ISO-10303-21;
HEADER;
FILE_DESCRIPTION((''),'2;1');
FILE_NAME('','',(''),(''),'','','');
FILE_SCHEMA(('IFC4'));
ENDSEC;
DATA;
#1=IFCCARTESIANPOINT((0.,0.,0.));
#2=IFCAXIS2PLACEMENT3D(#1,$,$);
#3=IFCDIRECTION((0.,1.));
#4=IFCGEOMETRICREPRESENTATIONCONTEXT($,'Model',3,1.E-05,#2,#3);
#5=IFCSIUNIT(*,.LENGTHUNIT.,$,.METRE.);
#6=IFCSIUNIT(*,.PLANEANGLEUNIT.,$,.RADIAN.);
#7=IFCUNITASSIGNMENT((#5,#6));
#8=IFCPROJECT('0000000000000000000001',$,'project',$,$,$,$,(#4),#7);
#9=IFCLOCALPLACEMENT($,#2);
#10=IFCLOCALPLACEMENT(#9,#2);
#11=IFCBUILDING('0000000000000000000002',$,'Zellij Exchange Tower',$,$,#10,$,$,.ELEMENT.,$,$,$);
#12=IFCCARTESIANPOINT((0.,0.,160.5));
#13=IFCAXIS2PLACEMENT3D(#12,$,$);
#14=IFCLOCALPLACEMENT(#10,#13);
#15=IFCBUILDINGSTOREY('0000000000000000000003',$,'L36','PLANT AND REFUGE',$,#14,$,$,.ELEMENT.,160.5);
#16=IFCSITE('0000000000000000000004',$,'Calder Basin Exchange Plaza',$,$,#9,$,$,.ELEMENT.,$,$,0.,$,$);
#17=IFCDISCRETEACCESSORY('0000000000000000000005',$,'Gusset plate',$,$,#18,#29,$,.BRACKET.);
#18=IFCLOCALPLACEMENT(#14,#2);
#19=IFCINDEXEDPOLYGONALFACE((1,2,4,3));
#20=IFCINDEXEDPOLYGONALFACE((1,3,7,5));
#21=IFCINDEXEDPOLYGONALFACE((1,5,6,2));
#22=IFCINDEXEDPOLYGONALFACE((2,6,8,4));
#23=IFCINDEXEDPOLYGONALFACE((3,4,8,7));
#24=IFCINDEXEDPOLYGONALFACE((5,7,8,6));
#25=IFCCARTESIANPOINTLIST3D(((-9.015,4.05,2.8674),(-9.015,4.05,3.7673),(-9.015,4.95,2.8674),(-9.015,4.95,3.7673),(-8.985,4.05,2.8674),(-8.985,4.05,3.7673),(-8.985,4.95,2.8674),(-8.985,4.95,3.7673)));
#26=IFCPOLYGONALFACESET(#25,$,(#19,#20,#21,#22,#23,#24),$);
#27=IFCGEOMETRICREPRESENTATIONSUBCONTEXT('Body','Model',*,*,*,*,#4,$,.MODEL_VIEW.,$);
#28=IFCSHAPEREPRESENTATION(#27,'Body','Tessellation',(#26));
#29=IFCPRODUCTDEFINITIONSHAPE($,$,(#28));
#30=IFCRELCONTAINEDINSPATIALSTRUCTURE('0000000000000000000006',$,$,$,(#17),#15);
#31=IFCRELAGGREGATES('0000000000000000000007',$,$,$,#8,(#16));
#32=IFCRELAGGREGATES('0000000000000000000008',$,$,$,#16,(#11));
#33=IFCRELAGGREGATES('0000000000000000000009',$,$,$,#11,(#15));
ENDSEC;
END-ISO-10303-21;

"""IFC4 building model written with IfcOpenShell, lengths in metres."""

from ifc_helpers import new_model, si_unit, direction, frame, origin, origin_2d, place, context, subcontext, project, spatial, rectangle, extrude, element, save


model = new_model("IFC4")

# Units and contexts
model_context = context("Model", 3, precision=1e-05, world=origin(), true_north=direction((0.0, 1.0)))
body_context = subcontext(model_context, "Body", "Model", "MODEL_VIEW")
ifc_project = project(units=[si_unit("LENGTHUNIT", "METRE"), si_unit("PLANEANGLEUNIT", "RADIAN")], contexts=[model_context])

# Site, building, storey
site_placement = place(None, origin())
site = spatial("IfcSite", under=ifc_project, at=site_placement, Name="Calder Basin Exchange Plaza", CompositionType="ELEMENT", RefElevation=0.0)
building_placement = place(site_placement, origin())
building = spatial("IfcBuilding", under=site, at=building_placement, Name="Zellij Exchange Tower", CompositionType="ELEMENT")
storey_placement = place(building_placement, frame((0.0, 0.0, 160.5)))
storey = spatial("IfcBuildingStorey", under=building, at=storey_placement, Name="L36", Description="PLANT AND REFUGE", CompositionType="ELEMENT", Elevation=160.5)

# Discrete accessory
for number, where, z_axis, x_axis, name in (
    (1, (-9.0, 4.5, 2.8674), (0.0, 0.0, 1.0), (0.0, 1.0, 0.0), "Gusset plate"),
):
    element("IfcDiscreteAccessory", number, at=place(storey_placement, frame(where, z_axis=z_axis, x_axis=x_axis)), inside=storey, Name=name, PredefinedType="BRACKET", context=body_context, shape_type="SweptSolid", body=[
        extrude(rectangle(XDim=0.8999, YDim=0.03, at=origin_2d()), origin(), (0.0, 0.0, 1.0), 0.8999),
    ])

save(model, "model.ifc")
